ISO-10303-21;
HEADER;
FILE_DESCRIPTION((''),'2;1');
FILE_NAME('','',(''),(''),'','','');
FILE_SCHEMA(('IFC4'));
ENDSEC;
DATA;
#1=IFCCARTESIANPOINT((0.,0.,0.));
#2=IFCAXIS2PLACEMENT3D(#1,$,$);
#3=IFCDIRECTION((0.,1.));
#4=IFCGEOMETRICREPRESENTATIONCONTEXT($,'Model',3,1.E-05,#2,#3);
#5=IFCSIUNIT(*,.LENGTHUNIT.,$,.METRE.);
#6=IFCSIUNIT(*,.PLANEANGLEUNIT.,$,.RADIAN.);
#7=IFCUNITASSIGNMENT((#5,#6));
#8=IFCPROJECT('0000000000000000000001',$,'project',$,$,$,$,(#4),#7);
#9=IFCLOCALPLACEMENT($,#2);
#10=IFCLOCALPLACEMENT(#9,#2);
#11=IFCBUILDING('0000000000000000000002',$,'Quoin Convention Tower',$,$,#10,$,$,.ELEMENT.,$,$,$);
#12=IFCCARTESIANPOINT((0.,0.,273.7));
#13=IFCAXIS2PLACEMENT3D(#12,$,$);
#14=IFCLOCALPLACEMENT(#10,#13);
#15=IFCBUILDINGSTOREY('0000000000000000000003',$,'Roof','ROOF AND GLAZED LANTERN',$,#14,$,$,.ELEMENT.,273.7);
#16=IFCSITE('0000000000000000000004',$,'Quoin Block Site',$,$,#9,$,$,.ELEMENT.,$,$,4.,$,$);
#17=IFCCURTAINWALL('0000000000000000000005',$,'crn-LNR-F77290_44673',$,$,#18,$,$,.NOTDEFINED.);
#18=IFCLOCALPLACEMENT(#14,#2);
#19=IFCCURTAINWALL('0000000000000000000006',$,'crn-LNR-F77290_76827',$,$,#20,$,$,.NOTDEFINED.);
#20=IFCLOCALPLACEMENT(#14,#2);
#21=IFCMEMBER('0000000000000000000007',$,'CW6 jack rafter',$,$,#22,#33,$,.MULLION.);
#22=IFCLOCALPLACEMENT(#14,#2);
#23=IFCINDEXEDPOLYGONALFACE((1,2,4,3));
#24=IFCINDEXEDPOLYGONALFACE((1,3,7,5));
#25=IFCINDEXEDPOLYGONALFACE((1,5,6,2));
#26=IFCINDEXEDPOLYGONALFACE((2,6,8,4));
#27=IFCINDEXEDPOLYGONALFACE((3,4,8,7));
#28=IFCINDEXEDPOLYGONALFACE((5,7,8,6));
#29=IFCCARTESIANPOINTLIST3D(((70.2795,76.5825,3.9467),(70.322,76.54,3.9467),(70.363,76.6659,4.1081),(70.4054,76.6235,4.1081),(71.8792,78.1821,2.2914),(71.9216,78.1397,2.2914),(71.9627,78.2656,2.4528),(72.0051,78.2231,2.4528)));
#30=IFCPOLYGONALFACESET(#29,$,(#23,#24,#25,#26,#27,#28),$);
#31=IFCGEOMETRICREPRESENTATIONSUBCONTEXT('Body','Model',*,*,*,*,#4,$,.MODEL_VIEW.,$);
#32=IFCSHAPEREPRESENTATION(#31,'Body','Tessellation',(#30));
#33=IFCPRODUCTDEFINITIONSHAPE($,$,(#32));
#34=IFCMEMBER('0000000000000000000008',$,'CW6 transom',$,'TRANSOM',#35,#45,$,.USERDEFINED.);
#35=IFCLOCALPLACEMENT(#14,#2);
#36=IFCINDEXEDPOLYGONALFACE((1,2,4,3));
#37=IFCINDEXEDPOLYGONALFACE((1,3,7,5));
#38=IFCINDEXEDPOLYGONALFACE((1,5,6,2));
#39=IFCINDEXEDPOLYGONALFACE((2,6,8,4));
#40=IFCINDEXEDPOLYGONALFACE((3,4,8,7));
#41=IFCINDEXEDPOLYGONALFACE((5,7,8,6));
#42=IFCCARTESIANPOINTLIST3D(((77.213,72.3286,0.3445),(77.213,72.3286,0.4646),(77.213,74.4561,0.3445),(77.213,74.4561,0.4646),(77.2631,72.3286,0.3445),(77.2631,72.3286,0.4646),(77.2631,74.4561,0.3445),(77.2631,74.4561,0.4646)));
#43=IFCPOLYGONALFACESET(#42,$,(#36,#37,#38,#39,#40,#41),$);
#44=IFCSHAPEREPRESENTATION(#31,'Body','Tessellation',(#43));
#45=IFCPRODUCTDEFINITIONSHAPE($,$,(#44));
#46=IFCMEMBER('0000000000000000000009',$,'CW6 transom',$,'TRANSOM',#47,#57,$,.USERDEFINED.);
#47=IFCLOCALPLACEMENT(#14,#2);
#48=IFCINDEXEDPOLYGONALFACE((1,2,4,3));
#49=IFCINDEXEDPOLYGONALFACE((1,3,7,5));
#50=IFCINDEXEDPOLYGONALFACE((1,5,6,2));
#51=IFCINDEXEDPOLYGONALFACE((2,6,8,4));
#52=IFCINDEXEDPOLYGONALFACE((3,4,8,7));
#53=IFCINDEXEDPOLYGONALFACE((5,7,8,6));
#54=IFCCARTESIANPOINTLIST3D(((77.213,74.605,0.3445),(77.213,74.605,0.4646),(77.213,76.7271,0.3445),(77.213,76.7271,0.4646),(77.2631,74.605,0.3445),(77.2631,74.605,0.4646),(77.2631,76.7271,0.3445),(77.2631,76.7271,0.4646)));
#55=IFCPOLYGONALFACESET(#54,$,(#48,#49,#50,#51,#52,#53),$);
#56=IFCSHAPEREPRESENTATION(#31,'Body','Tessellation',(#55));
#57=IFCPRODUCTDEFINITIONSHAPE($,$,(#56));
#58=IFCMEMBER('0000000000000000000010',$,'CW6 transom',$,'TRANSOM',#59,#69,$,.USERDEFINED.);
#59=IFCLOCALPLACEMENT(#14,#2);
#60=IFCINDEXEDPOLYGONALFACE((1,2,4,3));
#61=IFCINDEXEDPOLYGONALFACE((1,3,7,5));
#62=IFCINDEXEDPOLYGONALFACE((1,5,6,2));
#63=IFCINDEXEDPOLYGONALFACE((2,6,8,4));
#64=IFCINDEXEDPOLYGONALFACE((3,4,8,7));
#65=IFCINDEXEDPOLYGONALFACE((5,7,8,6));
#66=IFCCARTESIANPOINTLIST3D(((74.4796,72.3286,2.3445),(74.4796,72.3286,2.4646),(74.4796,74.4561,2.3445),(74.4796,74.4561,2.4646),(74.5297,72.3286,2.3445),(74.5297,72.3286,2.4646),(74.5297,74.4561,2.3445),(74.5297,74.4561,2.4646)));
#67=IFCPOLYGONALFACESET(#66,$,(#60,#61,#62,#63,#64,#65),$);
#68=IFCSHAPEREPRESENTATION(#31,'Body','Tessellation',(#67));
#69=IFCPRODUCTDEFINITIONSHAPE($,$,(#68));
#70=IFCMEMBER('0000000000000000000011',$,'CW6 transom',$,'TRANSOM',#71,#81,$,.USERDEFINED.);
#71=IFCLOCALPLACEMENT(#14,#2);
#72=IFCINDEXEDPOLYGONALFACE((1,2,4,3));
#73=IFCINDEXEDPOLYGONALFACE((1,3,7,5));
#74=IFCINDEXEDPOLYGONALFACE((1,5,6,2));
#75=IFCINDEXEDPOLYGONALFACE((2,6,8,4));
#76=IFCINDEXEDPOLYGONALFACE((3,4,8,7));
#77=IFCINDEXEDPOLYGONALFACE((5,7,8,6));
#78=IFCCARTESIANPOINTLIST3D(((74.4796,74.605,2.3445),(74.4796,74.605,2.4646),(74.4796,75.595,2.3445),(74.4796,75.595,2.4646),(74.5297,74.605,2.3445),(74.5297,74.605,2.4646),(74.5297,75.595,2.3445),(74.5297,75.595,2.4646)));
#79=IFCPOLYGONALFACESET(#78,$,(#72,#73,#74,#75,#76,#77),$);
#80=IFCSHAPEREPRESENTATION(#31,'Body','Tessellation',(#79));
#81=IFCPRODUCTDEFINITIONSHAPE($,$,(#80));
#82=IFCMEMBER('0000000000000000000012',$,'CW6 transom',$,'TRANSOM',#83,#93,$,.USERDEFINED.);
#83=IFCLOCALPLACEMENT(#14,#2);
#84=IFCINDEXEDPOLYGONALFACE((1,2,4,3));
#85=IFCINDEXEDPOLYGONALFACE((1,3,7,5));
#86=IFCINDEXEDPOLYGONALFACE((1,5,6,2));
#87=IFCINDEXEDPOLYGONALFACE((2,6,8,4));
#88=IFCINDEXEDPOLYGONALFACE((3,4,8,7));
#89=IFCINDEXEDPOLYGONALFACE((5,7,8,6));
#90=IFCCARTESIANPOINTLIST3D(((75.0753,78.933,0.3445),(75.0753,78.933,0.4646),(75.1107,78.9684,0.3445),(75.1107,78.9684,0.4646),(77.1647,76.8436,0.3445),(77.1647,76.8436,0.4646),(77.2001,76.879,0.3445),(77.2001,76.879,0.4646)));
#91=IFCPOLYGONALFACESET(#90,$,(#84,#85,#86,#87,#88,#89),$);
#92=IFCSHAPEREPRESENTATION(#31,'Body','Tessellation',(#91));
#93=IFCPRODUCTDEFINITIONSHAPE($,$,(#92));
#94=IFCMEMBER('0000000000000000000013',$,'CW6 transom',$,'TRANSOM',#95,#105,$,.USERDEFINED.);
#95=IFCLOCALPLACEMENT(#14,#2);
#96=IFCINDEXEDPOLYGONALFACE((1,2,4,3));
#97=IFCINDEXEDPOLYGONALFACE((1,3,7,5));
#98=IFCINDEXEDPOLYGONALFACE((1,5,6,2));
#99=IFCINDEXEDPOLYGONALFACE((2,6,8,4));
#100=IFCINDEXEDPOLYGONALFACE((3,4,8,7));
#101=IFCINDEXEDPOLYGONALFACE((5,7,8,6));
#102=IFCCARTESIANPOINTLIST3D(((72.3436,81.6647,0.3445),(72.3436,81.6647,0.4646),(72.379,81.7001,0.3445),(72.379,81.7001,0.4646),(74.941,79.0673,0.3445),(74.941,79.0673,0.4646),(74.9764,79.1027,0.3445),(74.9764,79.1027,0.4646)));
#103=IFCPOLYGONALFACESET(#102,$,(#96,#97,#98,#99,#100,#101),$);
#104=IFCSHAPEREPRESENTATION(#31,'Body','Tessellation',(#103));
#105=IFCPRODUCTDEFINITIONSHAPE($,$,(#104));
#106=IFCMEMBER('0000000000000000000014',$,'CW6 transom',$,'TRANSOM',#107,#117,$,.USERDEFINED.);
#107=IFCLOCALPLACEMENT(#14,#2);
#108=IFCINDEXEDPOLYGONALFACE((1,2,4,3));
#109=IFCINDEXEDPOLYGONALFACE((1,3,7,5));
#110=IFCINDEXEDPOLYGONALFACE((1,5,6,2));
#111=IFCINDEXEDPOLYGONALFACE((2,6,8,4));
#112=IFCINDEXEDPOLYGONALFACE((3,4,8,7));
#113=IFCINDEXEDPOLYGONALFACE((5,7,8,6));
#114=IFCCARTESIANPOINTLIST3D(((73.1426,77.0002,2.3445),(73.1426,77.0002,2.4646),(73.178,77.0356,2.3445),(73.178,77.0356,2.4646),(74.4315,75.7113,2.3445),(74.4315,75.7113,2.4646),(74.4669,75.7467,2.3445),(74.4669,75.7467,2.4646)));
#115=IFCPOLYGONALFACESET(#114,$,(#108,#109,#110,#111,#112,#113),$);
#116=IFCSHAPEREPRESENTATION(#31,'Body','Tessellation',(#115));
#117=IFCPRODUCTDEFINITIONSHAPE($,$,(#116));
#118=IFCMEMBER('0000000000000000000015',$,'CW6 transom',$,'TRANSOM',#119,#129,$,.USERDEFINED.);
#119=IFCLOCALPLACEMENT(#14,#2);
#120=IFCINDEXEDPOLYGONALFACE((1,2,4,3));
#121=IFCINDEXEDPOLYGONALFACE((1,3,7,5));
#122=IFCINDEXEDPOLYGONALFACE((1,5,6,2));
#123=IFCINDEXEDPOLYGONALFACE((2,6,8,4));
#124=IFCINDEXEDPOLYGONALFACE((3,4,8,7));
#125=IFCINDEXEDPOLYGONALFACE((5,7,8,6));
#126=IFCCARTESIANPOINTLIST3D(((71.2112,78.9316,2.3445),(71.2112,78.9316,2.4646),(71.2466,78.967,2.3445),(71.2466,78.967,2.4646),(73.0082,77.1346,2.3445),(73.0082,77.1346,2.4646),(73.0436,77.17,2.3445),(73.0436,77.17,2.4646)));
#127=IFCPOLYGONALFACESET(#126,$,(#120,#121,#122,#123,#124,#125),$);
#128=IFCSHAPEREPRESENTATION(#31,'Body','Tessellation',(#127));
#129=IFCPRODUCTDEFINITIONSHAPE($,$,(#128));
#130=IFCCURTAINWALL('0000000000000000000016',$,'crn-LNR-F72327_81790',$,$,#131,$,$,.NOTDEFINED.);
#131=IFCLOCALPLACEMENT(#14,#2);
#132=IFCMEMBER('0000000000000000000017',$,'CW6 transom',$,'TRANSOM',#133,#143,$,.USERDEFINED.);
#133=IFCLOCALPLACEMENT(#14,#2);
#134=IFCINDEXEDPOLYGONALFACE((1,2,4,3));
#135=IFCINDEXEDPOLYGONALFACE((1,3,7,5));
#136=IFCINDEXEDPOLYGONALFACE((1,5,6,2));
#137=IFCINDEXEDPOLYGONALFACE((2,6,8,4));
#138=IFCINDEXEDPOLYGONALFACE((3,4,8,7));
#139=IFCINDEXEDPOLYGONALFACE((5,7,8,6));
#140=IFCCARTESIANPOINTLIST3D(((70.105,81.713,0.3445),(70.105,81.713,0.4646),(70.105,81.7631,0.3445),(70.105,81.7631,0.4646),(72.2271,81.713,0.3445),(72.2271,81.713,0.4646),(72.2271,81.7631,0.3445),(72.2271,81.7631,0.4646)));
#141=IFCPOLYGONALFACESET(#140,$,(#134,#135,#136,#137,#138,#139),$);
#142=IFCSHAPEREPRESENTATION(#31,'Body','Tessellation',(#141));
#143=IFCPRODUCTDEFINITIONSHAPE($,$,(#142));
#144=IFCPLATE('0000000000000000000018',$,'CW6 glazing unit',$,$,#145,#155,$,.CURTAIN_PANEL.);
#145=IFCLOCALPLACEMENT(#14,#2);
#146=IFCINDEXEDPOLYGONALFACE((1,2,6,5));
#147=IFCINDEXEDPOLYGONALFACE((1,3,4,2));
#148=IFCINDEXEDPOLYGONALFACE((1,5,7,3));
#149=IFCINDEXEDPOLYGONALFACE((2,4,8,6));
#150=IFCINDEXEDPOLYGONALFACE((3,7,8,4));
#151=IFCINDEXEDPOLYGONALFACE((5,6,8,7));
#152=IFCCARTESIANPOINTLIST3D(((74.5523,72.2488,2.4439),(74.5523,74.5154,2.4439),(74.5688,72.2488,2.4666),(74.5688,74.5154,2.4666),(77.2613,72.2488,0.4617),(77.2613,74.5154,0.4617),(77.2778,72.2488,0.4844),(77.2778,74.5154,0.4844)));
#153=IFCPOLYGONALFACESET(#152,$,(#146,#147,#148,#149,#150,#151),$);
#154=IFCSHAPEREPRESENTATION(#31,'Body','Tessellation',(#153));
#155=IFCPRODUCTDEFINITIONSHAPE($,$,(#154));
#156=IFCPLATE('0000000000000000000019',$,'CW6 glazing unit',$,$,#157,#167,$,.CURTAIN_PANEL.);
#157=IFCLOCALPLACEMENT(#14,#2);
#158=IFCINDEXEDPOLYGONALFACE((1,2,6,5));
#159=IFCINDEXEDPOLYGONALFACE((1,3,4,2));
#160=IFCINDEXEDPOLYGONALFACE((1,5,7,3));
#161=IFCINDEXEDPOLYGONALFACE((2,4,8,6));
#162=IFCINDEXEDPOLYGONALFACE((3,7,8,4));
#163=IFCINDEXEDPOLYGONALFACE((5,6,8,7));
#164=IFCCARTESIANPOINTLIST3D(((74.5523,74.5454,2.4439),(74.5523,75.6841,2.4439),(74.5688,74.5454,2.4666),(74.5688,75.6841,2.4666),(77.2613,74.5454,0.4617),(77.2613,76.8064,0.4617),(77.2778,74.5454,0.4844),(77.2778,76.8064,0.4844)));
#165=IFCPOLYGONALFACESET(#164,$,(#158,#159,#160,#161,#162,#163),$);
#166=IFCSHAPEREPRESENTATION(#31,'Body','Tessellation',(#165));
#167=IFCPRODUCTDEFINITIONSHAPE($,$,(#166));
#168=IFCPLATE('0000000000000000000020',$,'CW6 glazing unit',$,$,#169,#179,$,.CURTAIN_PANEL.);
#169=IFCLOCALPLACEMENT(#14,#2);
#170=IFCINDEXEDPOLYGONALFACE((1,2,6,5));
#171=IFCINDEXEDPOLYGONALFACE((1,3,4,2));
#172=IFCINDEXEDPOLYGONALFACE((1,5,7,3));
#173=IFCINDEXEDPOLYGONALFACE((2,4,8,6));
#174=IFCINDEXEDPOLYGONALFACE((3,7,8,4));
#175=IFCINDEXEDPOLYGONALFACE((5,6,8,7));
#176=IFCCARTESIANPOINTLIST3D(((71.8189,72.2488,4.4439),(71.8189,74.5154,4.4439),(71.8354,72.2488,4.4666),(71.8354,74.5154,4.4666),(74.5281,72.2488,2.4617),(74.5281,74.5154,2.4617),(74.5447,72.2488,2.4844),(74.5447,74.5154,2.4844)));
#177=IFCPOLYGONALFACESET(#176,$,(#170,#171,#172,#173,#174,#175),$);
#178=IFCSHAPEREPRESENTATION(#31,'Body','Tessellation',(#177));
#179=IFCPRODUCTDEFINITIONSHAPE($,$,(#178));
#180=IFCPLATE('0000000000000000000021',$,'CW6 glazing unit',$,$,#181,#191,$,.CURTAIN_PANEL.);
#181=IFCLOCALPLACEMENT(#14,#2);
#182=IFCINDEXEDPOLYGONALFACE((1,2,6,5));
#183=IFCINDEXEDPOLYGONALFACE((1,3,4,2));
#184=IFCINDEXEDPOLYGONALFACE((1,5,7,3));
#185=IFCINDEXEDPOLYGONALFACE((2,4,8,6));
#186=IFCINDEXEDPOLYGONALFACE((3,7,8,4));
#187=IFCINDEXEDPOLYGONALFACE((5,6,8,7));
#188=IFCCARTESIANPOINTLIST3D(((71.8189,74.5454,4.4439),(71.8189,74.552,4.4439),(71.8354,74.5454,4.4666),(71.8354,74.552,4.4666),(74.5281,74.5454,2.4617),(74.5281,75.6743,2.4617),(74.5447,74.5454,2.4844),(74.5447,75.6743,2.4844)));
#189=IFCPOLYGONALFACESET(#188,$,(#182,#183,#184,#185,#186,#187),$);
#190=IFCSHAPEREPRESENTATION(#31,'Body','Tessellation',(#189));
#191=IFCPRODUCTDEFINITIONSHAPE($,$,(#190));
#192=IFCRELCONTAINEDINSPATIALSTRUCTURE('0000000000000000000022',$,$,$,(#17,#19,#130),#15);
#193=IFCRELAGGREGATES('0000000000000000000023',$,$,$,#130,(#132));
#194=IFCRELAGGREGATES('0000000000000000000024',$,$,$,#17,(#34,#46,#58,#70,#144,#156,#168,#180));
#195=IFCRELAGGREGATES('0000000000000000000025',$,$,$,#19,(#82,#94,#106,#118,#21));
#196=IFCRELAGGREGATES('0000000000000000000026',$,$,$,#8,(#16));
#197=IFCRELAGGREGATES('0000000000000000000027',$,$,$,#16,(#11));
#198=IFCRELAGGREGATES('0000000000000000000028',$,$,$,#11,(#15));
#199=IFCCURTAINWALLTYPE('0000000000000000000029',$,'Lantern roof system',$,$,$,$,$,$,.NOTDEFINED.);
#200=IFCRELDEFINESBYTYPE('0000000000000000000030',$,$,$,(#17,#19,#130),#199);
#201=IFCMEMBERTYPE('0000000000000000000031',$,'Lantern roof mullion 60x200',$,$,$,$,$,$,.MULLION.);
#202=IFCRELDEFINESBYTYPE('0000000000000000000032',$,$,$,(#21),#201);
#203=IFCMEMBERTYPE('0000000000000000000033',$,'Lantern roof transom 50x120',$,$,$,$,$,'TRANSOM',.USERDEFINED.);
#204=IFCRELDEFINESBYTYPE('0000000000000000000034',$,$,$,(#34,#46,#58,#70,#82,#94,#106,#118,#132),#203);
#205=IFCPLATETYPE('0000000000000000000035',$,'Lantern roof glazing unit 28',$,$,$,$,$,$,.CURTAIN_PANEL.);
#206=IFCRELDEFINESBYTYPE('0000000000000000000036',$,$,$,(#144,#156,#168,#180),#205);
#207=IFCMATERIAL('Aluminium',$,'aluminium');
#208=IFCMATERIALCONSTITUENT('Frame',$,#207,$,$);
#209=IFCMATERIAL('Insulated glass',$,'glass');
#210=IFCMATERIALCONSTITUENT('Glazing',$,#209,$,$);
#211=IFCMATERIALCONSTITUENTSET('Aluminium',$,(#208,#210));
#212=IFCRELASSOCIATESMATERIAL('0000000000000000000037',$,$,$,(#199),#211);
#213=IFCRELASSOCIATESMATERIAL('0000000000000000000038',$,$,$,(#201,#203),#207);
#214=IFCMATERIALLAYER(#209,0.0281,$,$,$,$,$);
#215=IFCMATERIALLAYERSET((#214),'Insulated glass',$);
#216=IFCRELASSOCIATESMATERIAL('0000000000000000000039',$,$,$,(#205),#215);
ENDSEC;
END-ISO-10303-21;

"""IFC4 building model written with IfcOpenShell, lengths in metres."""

from ifc_helpers import new_model, si_unit, direction, frame, origin, origin_2d, place, context, subcontext, project, spatial, polyline, rectangle, outline, extrude, material, layer, layer_set, constituent, constituent_set, material_profile, profile_set, type_object, element, aggregate, save


model = new_model("IFC4")

# Units and contexts
model_context = context("Model", 3, precision=1e-05, world=origin(), true_north=direction((0.0, 1.0)))
body_context = subcontext(model_context, "Body", "Model", "MODEL_VIEW")
ifc_project = project(units=[si_unit("LENGTHUNIT", "METRE"), si_unit("PLANEANGLEUNIT", "RADIAN")], contexts=[model_context])

# Site, building, storey
site_placement = place(None, origin())
site = spatial("IfcSite", under=ifc_project, at=site_placement, Name="Quoin Block Site", CompositionType="ELEMENT", RefElevation=4.0)
building_placement = place(site_placement, origin())
building = spatial("IfcBuilding", under=site, at=building_placement, Name="Quoin Convention Tower", CompositionType="ELEMENT")
storey_placement = place(building_placement, frame((0.0, 0.0, 273.7)))
storey = spatial("IfcBuildingStorey", under=building, at=storey_placement, Name="Roof", Description="ROOF AND GLAZED LANTERN", CompositionType="ELEMENT", Elevation=273.7)

# Curtain wall
ifc_material_1 = material(Name="Aluminium", Category="aluminium")
ifc_constituent_1 = constituent(ifc_material_1, Name="Frame")
ifc_material_2 = material(Name="Insulated glass", Category="glass")
ifc_constituent_2 = constituent(ifc_material_2, Name="Glazing")
ifc_constituent_set = constituent_set(constituents=[ifc_constituent_1, ifc_constituent_2], Name="Aluminium")
curtain_wall_type = type_object("IfcCurtainWallType", Name="Lantern roof system", PredefinedType="NOTDEFINED", material=ifc_constituent_set)
curtain_wall_1_placement = place(storey_placement, origin())
curtain_wall_1 = element("IfcCurtainWall", 1, at=curtain_wall_1_placement, inside=storey, type_object=curtain_wall_type, Name="crn-LNR-F77290_44673", PredefinedType="NOTDEFINED")

# Curtain wall, member
curtain_wall_2_placement = place(storey_placement, origin())
curtain_wall_2 = element("IfcCurtainWall", 2, at=curtain_wall_2_placement, inside=storey, type_object=curtain_wall_type, Name="crn-LNR-F77290_76827", PredefinedType="NOTDEFINED")
ifc_material_profile_1 = material_profile(ifc_material_1, rectangle(XDim=0.2, YDim=0.0601, at=origin_2d()), Name="Lantern roof mullion 60x200")
ifc_profile_set_1 = profile_set([ifc_material_profile_1], Name="Aluminium")
member_type_1 = type_object("IfcMemberType", Name="Lantern roof mullion 60x200", PredefinedType="MULLION", material=ifc_profile_set_1)
member_1_placement = place(storey_placement, frame((71.9421, 78.2026, 2.3721), z_axis=(-0.570655, -0.570655, 0.590513), x_axis=(0.417556, 0.417556, 0.807028)))
member_1 = element("IfcMember", 3, at=member_1_placement, type_object=member_type_1, Name="CW6 jack rafter", PredefinedType="MULLION", context=body_context, shape_type="SweptSolid", body=[
    extrude(rectangle(XDim=0.2, YDim=0.0601, at=origin_2d()), origin(), (0.0, 0.0, 1.0), 2.8032),
])

# Members
ifc_material_profile_2 = material_profile(ifc_material_1, rectangle(XDim=0.1201, YDim=0.05, at=origin_2d()), Name="Lantern roof transom 50x120")
ifc_profile_set_2 = profile_set([ifc_material_profile_2], Name="Aluminium")
member_type_2 = type_object("IfcMemberType", Name="Lantern roof transom 50x120", ElementType="TRANSOM", PredefinedType="USERDEFINED", material=ifc_profile_set_2)
member_2_placement = place(storey_placement, frame((77.238, 72.3286, 0.4045), z_axis=(0.0, 1.0, 0.0), x_axis=(0.0, 0.0, 1.0)))
member_2 = element("IfcMember", 4, at=member_2_placement, type_object=member_type_2, Name="CW6 transom", ObjectType="TRANSOM", PredefinedType="USERDEFINED", context=body_context, shape_type="SweptSolid", body=[
    extrude(rectangle(XDim=0.1201, YDim=0.05, at=origin_2d()), origin(), (0.0, 0.0, 1.0), 2.1274),
])
member_3_placement = place(storey_placement, frame((77.238, 74.605, 0.4045), z_axis=(0.0, 1.0, 0.0), x_axis=(0.0, 0.0, 1.0)))
member_3 = element("IfcMember", 5, at=member_3_placement, type_object=member_type_2, Name="CW6 transom", ObjectType="TRANSOM", PredefinedType="USERDEFINED", context=body_context, shape_type="SweptSolid", body=[
    extrude(rectangle(XDim=0.1201, YDim=0.05, at=origin_2d()), origin(), (0.0, 0.0, 1.0), 2.1221),
])
member_4_placement = place(storey_placement, frame((74.5046, 72.3286, 2.4045), z_axis=(0.0, 1.0, 0.0), x_axis=(0.0, 0.0, 1.0)))
member_4 = element("IfcMember", 6, at=member_4_placement, type_object=member_type_2, Name="CW6 transom", ObjectType="TRANSOM", PredefinedType="USERDEFINED", context=body_context, shape_type="SweptSolid", body=[
    extrude(rectangle(XDim=0.1201, YDim=0.05, at=origin_2d()), origin(), (0.0, 0.0, 1.0), 2.1274),
])
member_5_placement = place(storey_placement, frame((74.5046, 74.605, 2.4045), z_axis=(0.0, 1.0, 0.0), x_axis=(0.0, 0.0, 1.0)))
member_5 = element("IfcMember", 7, at=member_5_placement, type_object=member_type_2, Name="CW6 transom", ObjectType="TRANSOM", PredefinedType="USERDEFINED", context=body_context, shape_type="SweptSolid", body=[
    extrude(rectangle(XDim=0.1201, YDim=0.05, at=origin_2d()), origin(), (0.0, 0.0, 1.0), 0.99),
])
member_6_placement = place(storey_placement, frame((77.1824, 76.8613, 0.4045), z_axis=(-0.707107, 0.707107, 0.0), x_axis=(0.0, 0.0, 1.0)))
member_6 = element("IfcMember", 8, at=member_6_placement, type_object=member_type_2, Name="CW6 transom", ObjectType="TRANSOM", PredefinedType="USERDEFINED", context=body_context, shape_type="SweptSolid", body=[
    extrude(rectangle(XDim=0.1201, YDim=0.05, at=origin_2d()), origin(), (0.0, 0.0, 1.0), 2.9548),
])
member_7_placement = place(storey_placement, frame((74.9587, 79.085, 0.4045), z_axis=(-0.707107, 0.707107, 0.0), x_axis=(0.0, 0.0, 1.0)))
member_7 = element("IfcMember", 9, at=member_7_placement, type_object=member_type_2, Name="CW6 transom", ObjectType="TRANSOM", PredefinedType="USERDEFINED", context=body_context, shape_type="SweptSolid", body=[
    extrude(rectangle(XDim=0.1201, YDim=0.05, at=origin_2d()), origin(), (0.0, 0.0, 1.0), 3.6733),
])
member_8_placement = place(storey_placement, frame((74.4492, 75.729, 2.4045), z_axis=(-0.707107, 0.707107, 0.0), x_axis=(0.0, 0.0, 1.0)))
member_8 = element("IfcMember", 10, at=member_8_placement, type_object=member_type_2, Name="CW6 transom", ObjectType="TRANSOM", PredefinedType="USERDEFINED", context=body_context, shape_type="SweptSolid", body=[
    extrude(rectangle(XDim=0.1201, YDim=0.05, at=origin_2d()), origin(), (0.0, 0.0, 1.0), 1.8228),
])
member_9_placement = place(storey_placement, frame((73.0259, 77.1523, 2.4045), z_axis=(-0.707107, 0.707107, 0.0), x_axis=(0.0, 0.0, 1.0)))
member_9 = element("IfcMember", 11, at=member_9_placement, type_object=member_type_2, Name="CW6 transom", ObjectType="TRANSOM", PredefinedType="USERDEFINED", context=body_context, shape_type="SweptSolid", body=[
    extrude(rectangle(XDim=0.1201, YDim=0.05, at=origin_2d()), origin(), (0.0, 0.0, 1.0), 2.5413),
])

# Curtain wall, member
curtain_wall_3_placement = place(storey_placement, origin())
curtain_wall_3 = element("IfcCurtainWall", 12, at=curtain_wall_3_placement, inside=storey, type_object=curtain_wall_type, Name="crn-LNR-F72327_81790", PredefinedType="NOTDEFINED")
member_10_placement = place(storey_placement, frame((72.2271, 81.738, 0.4045), z_axis=(-1.0, 0.0, 0.0), x_axis=(0.0, 0.0, 1.0)))
member_10 = element("IfcMember", 13, at=member_10_placement, type_object=member_type_2, Name="CW6 transom", ObjectType="TRANSOM", PredefinedType="USERDEFINED", context=body_context, shape_type="SweptSolid", body=[
    extrude(rectangle(XDim=0.1201, YDim=0.05, at=origin_2d()), origin(), (0.0, 0.0, 1.0), 2.1221),
])
aggregate(curtain_wall_3, [member_10])

# Plates
ifc_layer = layer(ifc_material_2, 0.0281)
ifc_layer_set = layer_set([ifc_layer], Name="Insulated glass")
plate_type = type_object("IfcPlateType", Name="Lantern roof glazing unit 28", PredefinedType="CURTAIN_PANEL", material=ifc_layer_set)
plate_1_placement = place(storey_placement, frame((74.5688, 72.2488, 2.4666), z_axis=(0.590509, 0.0, 0.807031), x_axis=(0.0, 1.0, 0.0)))
plate_1 = element("IfcPlate", 14, at=plate_1_placement, type_object=plate_type, Name="CW6 glazing unit", PredefinedType="CURTAIN_PANEL", context=body_context, shape_type="SweptSolid", body=[
    extrude(outline(polyline([(0.0, 0.0), (2.2666, 0.0), (2.2666, -3.3567), (0.0, -3.3567), (0.0, 0.0)])), origin(), (0.0, 0.0, -1.0), 0.0281),
])
plate_2_placement = place(storey_placement, frame((74.5688, 74.5454, 2.4666), z_axis=(0.590509, 0.0, 0.807031), x_axis=(0.0, 1.0, 0.0)))
plate_2 = element("IfcPlate", 15, at=plate_2_placement, type_object=plate_type, Name="CW6 glazing unit", PredefinedType="CURTAIN_PANEL", context=body_context, shape_type="SweptSolid", body=[
    extrude(outline(polyline([(0.0, 0.0), (1.1387, 0.0), (2.261, -3.3567), (0.0, -3.3567), (0.0, 0.0)])), origin(), (0.0, 0.0, -1.0), 0.0281),
])
plate_3_placement = place(storey_placement, frame((74.5447, 72.2488, 2.4844), z_axis=(0.590474, 0.0, 0.807057), x_axis=(-0.807057, 0.0, 0.590474)))
plate_3 = element("IfcPlate", 16, at=plate_3_placement, type_object=plate_type, Name="CW6 glazing unit", PredefinedType="CURTAIN_PANEL", context=body_context, shape_type="SweptSolid", body=[
    extrude(outline(polyline([(0.0, 0.0), (3.3569, 0.0), (3.3569, -2.2666), (0.0, -2.2666), (0.0, 0.0)])), origin(), (0.0, 0.0, -1.0), 0.0281),
])
plate_4_placement = place(storey_placement, frame((74.5447, 74.5454, 2.4844), z_axis=(0.590474, 0.0, 0.807057), x_axis=(-0.807057, 0.0, 0.590474)))
plate_4 = element("IfcPlate", 17, at=plate_4_placement, type_object=plate_type, Name="CW6 glazing unit", PredefinedType="CURTAIN_PANEL", context=body_context, shape_type="SweptSolid", body=[
    extrude(outline(polyline([(0.0, 0.0), (3.3569, 0.0), (3.3569, -0.0066), (0.0, -1.1289), (0.0, 0.0)])), origin(), (0.0, 0.0, -1.0), 0.0281),
])
aggregate(curtain_wall_1, [member_2, member_3, member_4, member_5, plate_1, plate_2, plate_3, plate_4])
aggregate(curtain_wall_2, [member_6, member_7, member_8, member_9, member_1])

save(model, "model.ifc")
